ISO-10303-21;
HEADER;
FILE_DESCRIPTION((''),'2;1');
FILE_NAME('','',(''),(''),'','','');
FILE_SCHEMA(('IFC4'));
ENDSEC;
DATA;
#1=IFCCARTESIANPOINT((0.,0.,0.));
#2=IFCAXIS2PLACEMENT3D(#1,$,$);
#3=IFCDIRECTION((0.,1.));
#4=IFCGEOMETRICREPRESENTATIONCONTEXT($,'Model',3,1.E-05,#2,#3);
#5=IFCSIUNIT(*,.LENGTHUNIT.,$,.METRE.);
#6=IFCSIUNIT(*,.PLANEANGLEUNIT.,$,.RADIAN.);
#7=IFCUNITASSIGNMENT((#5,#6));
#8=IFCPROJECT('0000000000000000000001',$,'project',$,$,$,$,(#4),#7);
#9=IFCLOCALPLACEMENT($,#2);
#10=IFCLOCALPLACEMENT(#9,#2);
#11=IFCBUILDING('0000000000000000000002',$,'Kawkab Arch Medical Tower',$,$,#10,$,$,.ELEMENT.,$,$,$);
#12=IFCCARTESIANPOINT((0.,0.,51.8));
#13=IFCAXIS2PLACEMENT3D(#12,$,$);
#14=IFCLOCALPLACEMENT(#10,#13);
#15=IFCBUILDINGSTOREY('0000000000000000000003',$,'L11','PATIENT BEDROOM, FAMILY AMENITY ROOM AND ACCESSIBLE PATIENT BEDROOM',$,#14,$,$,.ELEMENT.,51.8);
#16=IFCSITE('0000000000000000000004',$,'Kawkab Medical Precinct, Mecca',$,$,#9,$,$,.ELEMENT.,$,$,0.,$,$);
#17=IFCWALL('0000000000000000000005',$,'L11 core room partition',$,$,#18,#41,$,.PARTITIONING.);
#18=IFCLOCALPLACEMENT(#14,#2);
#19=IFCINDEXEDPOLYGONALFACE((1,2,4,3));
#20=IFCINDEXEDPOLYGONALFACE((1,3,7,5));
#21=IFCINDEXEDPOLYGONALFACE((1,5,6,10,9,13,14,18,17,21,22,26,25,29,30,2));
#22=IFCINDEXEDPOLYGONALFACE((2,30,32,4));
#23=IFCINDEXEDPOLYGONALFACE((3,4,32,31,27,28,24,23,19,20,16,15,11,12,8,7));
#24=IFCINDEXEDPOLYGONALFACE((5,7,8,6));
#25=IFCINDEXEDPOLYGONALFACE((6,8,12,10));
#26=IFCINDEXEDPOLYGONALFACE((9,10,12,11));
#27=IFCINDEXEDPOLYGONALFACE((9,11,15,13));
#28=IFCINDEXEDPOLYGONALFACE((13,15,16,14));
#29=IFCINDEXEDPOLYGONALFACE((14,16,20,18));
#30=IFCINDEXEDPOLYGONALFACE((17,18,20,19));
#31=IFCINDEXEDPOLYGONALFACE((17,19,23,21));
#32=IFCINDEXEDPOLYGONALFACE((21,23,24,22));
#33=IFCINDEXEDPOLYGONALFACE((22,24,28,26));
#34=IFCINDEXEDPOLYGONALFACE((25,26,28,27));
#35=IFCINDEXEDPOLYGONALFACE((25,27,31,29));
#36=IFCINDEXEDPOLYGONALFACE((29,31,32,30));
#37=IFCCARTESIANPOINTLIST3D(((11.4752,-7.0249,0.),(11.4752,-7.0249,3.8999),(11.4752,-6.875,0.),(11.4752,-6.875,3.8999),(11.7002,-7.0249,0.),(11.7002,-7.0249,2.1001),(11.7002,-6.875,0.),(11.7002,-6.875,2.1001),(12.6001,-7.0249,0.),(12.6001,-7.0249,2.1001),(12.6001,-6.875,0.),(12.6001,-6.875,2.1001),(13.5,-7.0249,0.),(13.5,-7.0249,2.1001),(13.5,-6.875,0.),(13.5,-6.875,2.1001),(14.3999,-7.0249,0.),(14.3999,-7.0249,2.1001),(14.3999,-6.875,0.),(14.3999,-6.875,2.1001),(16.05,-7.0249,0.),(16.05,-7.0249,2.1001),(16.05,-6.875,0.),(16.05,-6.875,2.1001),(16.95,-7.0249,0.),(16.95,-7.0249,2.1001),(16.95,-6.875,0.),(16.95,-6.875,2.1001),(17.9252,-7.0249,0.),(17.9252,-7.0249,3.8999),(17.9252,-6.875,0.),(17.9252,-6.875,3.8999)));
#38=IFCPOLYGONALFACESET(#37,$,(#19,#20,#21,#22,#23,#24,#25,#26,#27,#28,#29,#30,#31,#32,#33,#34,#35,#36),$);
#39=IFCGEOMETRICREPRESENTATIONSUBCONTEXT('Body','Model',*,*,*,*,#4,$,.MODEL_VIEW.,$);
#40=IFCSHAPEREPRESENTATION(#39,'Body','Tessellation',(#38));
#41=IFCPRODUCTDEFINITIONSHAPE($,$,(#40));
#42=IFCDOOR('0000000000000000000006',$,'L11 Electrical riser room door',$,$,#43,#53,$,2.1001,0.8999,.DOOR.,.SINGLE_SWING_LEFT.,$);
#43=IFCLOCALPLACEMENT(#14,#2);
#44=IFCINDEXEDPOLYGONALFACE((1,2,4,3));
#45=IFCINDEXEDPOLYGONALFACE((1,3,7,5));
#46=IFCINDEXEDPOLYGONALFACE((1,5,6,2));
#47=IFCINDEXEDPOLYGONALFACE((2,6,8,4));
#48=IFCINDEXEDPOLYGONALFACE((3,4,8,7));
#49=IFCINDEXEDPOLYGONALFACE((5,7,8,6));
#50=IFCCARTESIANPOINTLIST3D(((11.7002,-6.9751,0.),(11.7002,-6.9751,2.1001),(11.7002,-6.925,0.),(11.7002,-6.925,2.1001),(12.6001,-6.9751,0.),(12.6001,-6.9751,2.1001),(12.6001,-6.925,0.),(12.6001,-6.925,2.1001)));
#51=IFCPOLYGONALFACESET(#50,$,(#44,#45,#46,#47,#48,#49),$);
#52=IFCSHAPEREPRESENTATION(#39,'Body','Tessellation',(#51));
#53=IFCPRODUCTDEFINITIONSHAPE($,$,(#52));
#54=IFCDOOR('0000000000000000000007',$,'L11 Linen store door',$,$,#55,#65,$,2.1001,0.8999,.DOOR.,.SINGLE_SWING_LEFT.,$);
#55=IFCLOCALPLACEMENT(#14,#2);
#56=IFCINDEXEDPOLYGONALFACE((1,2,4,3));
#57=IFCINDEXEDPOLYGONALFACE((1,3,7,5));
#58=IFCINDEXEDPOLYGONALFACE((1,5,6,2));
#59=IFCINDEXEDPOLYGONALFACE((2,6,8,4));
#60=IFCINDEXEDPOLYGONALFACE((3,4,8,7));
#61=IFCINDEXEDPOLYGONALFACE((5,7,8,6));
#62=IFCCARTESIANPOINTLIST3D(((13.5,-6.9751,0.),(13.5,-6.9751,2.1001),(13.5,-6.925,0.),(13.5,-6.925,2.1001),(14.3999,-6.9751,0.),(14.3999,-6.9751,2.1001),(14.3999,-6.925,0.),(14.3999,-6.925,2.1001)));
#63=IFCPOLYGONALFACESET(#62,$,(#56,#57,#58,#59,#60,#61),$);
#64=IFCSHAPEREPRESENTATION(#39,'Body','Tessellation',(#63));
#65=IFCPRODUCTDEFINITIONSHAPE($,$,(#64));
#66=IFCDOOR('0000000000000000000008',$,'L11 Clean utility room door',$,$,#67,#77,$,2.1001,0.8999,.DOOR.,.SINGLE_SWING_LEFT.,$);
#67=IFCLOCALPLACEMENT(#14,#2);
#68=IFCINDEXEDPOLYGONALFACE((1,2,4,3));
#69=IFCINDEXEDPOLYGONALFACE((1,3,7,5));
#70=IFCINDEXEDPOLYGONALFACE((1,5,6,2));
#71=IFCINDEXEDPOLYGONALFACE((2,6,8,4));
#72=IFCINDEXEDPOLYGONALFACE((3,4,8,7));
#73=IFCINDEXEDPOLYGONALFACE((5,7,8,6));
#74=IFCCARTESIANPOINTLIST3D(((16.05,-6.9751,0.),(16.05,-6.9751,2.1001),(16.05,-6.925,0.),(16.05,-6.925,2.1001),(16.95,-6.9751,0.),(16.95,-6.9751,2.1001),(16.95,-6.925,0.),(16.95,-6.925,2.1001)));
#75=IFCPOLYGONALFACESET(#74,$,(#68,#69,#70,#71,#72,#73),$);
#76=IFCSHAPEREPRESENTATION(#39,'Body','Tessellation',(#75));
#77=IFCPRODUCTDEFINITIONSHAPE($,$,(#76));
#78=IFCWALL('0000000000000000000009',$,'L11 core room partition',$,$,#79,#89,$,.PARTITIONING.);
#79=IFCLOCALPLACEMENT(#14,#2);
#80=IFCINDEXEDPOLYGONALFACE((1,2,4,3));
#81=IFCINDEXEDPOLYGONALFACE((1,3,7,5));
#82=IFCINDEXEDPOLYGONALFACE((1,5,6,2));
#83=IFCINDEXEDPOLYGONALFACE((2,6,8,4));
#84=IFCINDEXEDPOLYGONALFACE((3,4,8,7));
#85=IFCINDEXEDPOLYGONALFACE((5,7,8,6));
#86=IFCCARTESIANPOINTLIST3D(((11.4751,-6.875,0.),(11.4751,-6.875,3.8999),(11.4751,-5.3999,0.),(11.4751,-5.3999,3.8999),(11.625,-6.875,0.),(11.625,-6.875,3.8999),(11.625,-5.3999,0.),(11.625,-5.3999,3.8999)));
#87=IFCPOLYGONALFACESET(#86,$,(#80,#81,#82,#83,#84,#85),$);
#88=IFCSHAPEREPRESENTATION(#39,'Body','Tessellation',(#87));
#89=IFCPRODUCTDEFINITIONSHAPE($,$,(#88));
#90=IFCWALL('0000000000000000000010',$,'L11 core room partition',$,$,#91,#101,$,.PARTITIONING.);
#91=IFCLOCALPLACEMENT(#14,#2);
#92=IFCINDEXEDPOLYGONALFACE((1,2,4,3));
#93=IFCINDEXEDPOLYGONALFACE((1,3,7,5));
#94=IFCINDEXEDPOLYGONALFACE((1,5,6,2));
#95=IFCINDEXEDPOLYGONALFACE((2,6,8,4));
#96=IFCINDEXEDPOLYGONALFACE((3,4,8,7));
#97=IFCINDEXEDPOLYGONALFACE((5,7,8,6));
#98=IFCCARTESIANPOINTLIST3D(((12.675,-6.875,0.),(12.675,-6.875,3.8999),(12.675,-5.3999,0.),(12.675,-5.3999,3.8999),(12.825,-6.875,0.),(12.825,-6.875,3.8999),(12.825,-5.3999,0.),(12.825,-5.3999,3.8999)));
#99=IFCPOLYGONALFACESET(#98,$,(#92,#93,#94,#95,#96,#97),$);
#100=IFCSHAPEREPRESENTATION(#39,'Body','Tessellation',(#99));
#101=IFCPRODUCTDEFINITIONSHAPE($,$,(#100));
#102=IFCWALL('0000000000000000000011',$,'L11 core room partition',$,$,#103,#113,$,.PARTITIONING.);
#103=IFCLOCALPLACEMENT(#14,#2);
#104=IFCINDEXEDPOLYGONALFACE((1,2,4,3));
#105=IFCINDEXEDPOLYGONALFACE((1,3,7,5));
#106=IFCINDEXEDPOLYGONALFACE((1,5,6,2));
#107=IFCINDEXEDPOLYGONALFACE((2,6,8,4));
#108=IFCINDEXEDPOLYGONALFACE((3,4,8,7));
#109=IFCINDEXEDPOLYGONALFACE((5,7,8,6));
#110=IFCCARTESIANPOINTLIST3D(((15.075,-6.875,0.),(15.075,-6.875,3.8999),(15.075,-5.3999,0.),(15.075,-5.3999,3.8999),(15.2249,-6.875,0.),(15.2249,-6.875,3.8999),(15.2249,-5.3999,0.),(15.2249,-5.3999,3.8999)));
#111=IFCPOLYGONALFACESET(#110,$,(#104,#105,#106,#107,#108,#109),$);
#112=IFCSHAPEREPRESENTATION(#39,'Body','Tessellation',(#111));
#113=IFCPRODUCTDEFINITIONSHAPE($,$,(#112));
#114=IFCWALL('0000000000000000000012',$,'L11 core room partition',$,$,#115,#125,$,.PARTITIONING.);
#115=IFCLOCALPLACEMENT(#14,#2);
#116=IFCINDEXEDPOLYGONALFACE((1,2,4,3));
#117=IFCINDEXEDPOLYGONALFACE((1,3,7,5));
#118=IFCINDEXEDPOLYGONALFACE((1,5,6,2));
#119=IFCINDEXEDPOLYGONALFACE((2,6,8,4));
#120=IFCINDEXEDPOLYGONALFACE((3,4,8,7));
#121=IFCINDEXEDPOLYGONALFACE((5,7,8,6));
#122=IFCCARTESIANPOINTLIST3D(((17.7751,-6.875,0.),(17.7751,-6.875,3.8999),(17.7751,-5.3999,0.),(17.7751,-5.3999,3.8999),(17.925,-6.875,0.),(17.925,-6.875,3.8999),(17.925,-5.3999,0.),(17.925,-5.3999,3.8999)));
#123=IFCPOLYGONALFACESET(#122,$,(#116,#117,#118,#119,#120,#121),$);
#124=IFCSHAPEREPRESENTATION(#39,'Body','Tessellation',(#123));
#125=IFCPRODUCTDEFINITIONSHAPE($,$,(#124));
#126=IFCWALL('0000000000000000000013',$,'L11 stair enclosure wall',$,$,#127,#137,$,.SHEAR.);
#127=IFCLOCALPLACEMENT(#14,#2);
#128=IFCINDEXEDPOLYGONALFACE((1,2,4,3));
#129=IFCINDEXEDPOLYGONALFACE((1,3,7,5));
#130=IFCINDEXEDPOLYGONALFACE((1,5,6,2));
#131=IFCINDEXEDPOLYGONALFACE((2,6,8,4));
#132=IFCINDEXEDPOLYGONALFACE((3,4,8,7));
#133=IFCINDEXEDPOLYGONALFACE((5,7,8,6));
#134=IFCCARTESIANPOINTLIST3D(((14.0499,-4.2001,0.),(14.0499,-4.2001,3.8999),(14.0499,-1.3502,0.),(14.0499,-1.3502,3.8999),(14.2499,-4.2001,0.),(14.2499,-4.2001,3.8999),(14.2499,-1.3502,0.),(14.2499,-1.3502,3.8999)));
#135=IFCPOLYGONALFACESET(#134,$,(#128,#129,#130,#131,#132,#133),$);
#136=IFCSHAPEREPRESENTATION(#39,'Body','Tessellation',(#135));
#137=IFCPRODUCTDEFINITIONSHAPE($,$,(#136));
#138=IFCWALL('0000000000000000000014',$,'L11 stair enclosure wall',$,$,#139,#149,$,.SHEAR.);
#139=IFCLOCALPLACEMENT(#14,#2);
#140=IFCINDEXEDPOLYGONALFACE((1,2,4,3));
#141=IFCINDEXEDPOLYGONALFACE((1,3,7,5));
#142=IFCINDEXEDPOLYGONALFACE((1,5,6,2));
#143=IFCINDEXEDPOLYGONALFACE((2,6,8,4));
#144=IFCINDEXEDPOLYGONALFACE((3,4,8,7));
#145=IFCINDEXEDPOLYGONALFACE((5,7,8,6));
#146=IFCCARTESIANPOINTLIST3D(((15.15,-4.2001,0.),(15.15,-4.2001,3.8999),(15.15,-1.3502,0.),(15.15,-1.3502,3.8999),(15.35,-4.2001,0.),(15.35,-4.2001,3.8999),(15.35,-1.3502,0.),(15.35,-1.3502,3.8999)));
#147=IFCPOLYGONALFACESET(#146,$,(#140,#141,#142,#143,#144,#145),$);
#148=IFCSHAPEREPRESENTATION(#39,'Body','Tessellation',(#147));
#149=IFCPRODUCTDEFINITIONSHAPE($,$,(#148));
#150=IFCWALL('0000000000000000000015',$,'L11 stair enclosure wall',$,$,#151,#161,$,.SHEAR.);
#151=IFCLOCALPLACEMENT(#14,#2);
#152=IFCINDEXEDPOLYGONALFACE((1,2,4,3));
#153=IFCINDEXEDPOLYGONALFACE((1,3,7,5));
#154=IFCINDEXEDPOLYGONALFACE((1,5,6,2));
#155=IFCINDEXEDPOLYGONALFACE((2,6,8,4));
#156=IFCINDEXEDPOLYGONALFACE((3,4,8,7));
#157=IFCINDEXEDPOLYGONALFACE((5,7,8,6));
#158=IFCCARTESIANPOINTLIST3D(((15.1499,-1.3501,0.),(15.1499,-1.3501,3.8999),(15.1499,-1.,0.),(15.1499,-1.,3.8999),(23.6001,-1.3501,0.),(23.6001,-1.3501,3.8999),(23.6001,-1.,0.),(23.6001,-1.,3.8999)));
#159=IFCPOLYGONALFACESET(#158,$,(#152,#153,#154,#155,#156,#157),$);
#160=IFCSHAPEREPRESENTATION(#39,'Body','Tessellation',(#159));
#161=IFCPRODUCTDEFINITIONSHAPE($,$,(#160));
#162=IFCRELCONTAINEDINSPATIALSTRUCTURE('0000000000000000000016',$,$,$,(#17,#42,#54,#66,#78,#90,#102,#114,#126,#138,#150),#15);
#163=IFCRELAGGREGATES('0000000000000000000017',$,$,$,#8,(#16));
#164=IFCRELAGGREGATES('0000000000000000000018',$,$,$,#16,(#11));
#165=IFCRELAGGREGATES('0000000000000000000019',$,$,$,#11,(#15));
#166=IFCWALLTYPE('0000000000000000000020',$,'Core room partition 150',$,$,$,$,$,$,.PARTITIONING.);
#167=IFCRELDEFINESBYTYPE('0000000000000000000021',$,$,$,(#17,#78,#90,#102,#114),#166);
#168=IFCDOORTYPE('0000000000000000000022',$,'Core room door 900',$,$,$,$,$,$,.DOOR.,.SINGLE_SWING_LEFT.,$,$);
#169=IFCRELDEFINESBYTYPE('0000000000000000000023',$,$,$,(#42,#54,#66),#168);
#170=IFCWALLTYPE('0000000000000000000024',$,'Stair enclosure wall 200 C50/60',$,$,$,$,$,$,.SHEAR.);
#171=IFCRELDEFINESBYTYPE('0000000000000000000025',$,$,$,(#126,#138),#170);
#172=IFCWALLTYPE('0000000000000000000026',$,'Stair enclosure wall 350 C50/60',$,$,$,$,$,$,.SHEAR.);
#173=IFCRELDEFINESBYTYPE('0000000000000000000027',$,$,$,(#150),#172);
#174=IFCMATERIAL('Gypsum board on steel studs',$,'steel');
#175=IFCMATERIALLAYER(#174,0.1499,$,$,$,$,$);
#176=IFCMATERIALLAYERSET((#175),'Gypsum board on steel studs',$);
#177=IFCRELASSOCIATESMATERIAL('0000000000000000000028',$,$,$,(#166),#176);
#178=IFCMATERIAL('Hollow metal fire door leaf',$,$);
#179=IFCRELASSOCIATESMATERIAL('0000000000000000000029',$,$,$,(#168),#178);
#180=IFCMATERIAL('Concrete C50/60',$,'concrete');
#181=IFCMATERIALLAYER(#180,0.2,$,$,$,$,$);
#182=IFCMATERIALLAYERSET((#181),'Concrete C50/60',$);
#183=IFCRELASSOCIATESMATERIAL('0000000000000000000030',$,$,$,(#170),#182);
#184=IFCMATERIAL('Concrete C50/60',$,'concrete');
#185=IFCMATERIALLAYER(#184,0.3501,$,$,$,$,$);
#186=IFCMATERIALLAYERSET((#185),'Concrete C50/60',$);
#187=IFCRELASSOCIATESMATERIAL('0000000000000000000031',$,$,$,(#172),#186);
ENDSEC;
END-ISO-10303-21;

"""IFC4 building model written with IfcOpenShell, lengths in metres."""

from ifc_helpers import new_model, si_unit, direction, frame, frame_2d, origin, place, context, subcontext, project, spatial, rectangle, extrude, material, layer, layer_set, type_object, element, fill, save


model = new_model("IFC4")

# Units and contexts
model_context = context("Model", 3, precision=1e-05, world=origin(), true_north=direction((0.0, 1.0)))
body_context = subcontext(model_context, "Body", "Model", "MODEL_VIEW")
ifc_project = project(units=[si_unit("LENGTHUNIT", "METRE"), si_unit("PLANEANGLEUNIT", "RADIAN")], contexts=[model_context])

# Site, building, storey
site_placement = place(None, origin())
site = spatial("IfcSite", under=ifc_project, at=site_placement, Name="Kawkab Medical Precinct, Mecca", CompositionType="ELEMENT", RefElevation=0.0)
building_placement = place(site_placement, origin())
building = spatial("IfcBuilding", under=site, at=building_placement, Name="Kawkab Arch Medical Tower", CompositionType="ELEMENT")
storey_placement = place(building_placement, frame((0.0, 0.0, 51.8)))
storey = spatial("IfcBuildingStorey", under=building, at=storey_placement, Name="L11", Description="PATIENT BEDROOM, FAMILY AMENITY ROOM AND ACCESSIBLE PATIENT BEDROOM", CompositionType="ELEMENT", Elevation=51.8)

# Wall, openings, doors
ifc_material_1 = material(Name="Gypsum board on steel studs", Category="steel")
ifc_layer_1 = layer(ifc_material_1, 0.1499)
ifc_layer_set_1 = layer_set([ifc_layer_1], Name="Gypsum board on steel studs")
wall_type_1 = type_object("IfcWallType", Name="Core room partition 150", PredefinedType="PARTITIONING", material=ifc_layer_set_1)
wall_1_placement = place(storey_placement, frame((11.4751, -6.95, 0.0), z_axis=(0.0, 0.0, 1.0), x_axis=(1.0, 0.0, 0.0)))
wall_1 = element("IfcWall", 1, at=wall_1_placement, inside=storey, type_object=wall_type_1, Name="L11 core room partition", PredefinedType="PARTITIONING", context=body_context, shape_type="SweptSolid", body=[
    extrude(rectangle(XDim=6.45, YDim=0.1499, at=frame_2d((3.2251, 0.0))), origin(), (0.0, 0.0, 1.0), 3.8999),
])
opening_1_placement = place(wall_1_placement, frame((0.2251, 0.0, 0.0)))
opening_1 = element("IfcOpeningElement", 2, at=opening_1_placement, cuts=wall_1, PredefinedType="OPENING", context=body_context, shape_type="SweptSolid", body=[
    extrude(rectangle(XDim=0.8999, YDim=2.1001, at=frame_2d((0.45, 1.05))), frame((0.0, 0.085, 0.0), z_axis=(0.0, -1.0, 0.0), x_axis=(1.0, 0.0, 0.0)), (0.0, 0.0, 1.0), 0.1699),
])
opening_2_placement = place(wall_1_placement, frame((2.0249, 0.0, 0.0)))
opening_2 = element("IfcOpeningElement", 3, at=opening_2_placement, cuts=wall_1, PredefinedType="OPENING", context=body_context, shape_type="SweptSolid", body=[
    extrude(rectangle(XDim=0.8999, YDim=2.1001, at=frame_2d((0.45, 1.05))), frame((0.0, 0.085, 0.0), z_axis=(0.0, -1.0, 0.0), x_axis=(1.0, 0.0, 0.0)), (0.0, 0.0, 1.0), 0.1699),
])
opening_3_placement = place(wall_1_placement, frame((4.575, 0.0, 0.0)))
opening_3 = element("IfcOpeningElement", 4, at=opening_3_placement, cuts=wall_1, PredefinedType="OPENING", context=body_context, shape_type="SweptSolid", body=[
    extrude(rectangle(XDim=0.8999, YDim=2.1001, at=frame_2d((0.45, 1.05))), frame((0.0, 0.085, 0.0), z_axis=(0.0, -1.0, 0.0), x_axis=(1.0, 0.0, 0.0)), (0.0, 0.0, 1.0), 0.1699),
])
ifc_material_2 = material(Name="Hollow metal fire door leaf")
door_type = type_object("IfcDoorType", Name="Core room door 900", OperationType="SINGLE_SWING_LEFT", PredefinedType="DOOR", material=ifc_material_2)
door_1_placement = place(opening_1_placement, origin())
door_1 = element("IfcDoor", 5, at=door_1_placement, inside=storey, type_object=door_type, Name="L11 Electrical riser room door", OperationType="SINGLE_SWING_LEFT", OverallHeight=2.1001, OverallWidth=0.8999, PredefinedType="DOOR", context=body_context, shape_type="SweptSolid", body=[
    extrude(rectangle(XDim=0.8999, YDim=2.1001, at=frame_2d((0.45, 1.05))), frame((0.0, 0.0249, 0.0), z_axis=(0.0, -1.0, 0.0), x_axis=(1.0, 0.0, 0.0)), (0.0, 0.0, 1.0), 0.05),
])
fill(opening_1, door_1)
door_2_placement = place(opening_2_placement, origin())
door_2 = element("IfcDoor", 6, at=door_2_placement, inside=storey, type_object=door_type, Name="L11 Linen store door", OperationType="SINGLE_SWING_LEFT", OverallHeight=2.1001, OverallWidth=0.8999, PredefinedType="DOOR", context=body_context, shape_type="SweptSolid", body=[
    extrude(rectangle(XDim=0.8999, YDim=2.1001, at=frame_2d((0.45, 1.05))), frame((0.0, 0.0249, 0.0), z_axis=(0.0, -1.0, 0.0), x_axis=(1.0, 0.0, 0.0)), (0.0, 0.0, 1.0), 0.05),
])
fill(opening_2, door_2)
door_3_placement = place(opening_3_placement, origin())
door_3 = element("IfcDoor", 7, at=door_3_placement, inside=storey, type_object=door_type, Name="L11 Clean utility room door", OperationType="SINGLE_SWING_LEFT", OverallHeight=2.1001, OverallWidth=0.8999, PredefinedType="DOOR", context=body_context, shape_type="SweptSolid", body=[
    extrude(rectangle(XDim=0.8999, YDim=2.1001, at=frame_2d((0.45, 1.05))), frame((0.0, 0.0249, 0.0), z_axis=(0.0, -1.0, 0.0), x_axis=(1.0, 0.0, 0.0)), (0.0, 0.0, 1.0), 0.05),
])
fill(opening_3, door_3)

# Walls
for number, where, z_axis, x_axis, name in (
    (8, (11.55, -6.875, 0.0), (0.0, 0.0, 1.0), (0.0, 1.0, 0.0), "L11 core room partition"),
    (9, (12.75, -6.875, 0.0), (0.0, 0.0, 1.0), (0.0, 1.0, 0.0), "L11 core room partition"),
    (10, (15.1499, -6.875, 0.0), (0.0, 0.0, 1.0), (0.0, 1.0, 0.0), "L11 core room partition"),
    (11, (17.8501, -6.875, 0.0), (0.0, 0.0, 1.0), (0.0, 1.0, 0.0), "L11 core room partition"),
):
    element("IfcWall", number, at=place(storey_placement, frame(where, z_axis=z_axis, x_axis=x_axis)), inside=storey, type_object=wall_type_1, Name=name, PredefinedType="PARTITIONING", context=body_context, shape_type="SweptSolid", body=[
        extrude(rectangle(XDim=1.4751, YDim=0.1499, at=frame_2d((0.7375, 0.0))), origin(), (0.0, 0.0, 1.0), 3.8999),
    ])
ifc_material_3 = material(Name="Concrete C50/60", Category="concrete")
ifc_layer_2 = layer(ifc_material_3, 0.2)
ifc_layer_set_2 = layer_set([ifc_layer_2], Name="Concrete C50/60")
wall_type_2 = type_object("IfcWallType", Name="Stair enclosure wall 200 C50/60", PredefinedType="SHEAR", material=ifc_layer_set_2)
for number, where, z_axis, x_axis, name in (
    (12, (14.1499, -4.2, 0.0), (0.0, 0.0, 1.0), (0.0, 1.0, 0.0), "L11 stair enclosure wall"),
    (13, (15.25, -4.2, 0.0), (0.0, 0.0, 1.0), (0.0, 1.0, 0.0), "L11 stair enclosure wall"),
):
    element("IfcWall", number, at=place(storey_placement, frame(where, z_axis=z_axis, x_axis=x_axis)), inside=storey, type_object=wall_type_2, Name=name, PredefinedType="SHEAR", context=body_context, shape_type="SweptSolid", body=[
        extrude(rectangle(XDim=2.8499, YDim=0.2, at=frame_2d((1.4248, 0.0))), origin(), (0.0, 0.0, 1.0), 3.8999),
    ])
ifc_material_4 = material(Name="Concrete C50/60", Category="concrete")
ifc_layer_3 = layer(ifc_material_4, 0.3501)
ifc_layer_set_3 = layer_set([ifc_layer_3], Name="Concrete C50/60")
wall_type_3 = type_object("IfcWallType", Name="Stair enclosure wall 350 C50/60", PredefinedType="SHEAR", material=ifc_layer_set_3)
wall_2_placement = place(storey_placement, frame((15.1499, -1.175, 0.0), z_axis=(0.0, 0.0, 1.0), x_axis=(1.0, 0.0, 0.0)))
element("IfcWall", 14, at=wall_2_placement, inside=storey, type_object=wall_type_3, Name="L11 stair enclosure wall", PredefinedType="SHEAR", context=body_context, shape_type="SweptSolid", body=[
    extrude(rectangle(XDim=8.4502, YDim=0.3501, at=frame_2d((4.2251, 0.0))), origin(), (0.0, 0.0, 1.0), 3.8999),
])

save(model, "model.ifc")
